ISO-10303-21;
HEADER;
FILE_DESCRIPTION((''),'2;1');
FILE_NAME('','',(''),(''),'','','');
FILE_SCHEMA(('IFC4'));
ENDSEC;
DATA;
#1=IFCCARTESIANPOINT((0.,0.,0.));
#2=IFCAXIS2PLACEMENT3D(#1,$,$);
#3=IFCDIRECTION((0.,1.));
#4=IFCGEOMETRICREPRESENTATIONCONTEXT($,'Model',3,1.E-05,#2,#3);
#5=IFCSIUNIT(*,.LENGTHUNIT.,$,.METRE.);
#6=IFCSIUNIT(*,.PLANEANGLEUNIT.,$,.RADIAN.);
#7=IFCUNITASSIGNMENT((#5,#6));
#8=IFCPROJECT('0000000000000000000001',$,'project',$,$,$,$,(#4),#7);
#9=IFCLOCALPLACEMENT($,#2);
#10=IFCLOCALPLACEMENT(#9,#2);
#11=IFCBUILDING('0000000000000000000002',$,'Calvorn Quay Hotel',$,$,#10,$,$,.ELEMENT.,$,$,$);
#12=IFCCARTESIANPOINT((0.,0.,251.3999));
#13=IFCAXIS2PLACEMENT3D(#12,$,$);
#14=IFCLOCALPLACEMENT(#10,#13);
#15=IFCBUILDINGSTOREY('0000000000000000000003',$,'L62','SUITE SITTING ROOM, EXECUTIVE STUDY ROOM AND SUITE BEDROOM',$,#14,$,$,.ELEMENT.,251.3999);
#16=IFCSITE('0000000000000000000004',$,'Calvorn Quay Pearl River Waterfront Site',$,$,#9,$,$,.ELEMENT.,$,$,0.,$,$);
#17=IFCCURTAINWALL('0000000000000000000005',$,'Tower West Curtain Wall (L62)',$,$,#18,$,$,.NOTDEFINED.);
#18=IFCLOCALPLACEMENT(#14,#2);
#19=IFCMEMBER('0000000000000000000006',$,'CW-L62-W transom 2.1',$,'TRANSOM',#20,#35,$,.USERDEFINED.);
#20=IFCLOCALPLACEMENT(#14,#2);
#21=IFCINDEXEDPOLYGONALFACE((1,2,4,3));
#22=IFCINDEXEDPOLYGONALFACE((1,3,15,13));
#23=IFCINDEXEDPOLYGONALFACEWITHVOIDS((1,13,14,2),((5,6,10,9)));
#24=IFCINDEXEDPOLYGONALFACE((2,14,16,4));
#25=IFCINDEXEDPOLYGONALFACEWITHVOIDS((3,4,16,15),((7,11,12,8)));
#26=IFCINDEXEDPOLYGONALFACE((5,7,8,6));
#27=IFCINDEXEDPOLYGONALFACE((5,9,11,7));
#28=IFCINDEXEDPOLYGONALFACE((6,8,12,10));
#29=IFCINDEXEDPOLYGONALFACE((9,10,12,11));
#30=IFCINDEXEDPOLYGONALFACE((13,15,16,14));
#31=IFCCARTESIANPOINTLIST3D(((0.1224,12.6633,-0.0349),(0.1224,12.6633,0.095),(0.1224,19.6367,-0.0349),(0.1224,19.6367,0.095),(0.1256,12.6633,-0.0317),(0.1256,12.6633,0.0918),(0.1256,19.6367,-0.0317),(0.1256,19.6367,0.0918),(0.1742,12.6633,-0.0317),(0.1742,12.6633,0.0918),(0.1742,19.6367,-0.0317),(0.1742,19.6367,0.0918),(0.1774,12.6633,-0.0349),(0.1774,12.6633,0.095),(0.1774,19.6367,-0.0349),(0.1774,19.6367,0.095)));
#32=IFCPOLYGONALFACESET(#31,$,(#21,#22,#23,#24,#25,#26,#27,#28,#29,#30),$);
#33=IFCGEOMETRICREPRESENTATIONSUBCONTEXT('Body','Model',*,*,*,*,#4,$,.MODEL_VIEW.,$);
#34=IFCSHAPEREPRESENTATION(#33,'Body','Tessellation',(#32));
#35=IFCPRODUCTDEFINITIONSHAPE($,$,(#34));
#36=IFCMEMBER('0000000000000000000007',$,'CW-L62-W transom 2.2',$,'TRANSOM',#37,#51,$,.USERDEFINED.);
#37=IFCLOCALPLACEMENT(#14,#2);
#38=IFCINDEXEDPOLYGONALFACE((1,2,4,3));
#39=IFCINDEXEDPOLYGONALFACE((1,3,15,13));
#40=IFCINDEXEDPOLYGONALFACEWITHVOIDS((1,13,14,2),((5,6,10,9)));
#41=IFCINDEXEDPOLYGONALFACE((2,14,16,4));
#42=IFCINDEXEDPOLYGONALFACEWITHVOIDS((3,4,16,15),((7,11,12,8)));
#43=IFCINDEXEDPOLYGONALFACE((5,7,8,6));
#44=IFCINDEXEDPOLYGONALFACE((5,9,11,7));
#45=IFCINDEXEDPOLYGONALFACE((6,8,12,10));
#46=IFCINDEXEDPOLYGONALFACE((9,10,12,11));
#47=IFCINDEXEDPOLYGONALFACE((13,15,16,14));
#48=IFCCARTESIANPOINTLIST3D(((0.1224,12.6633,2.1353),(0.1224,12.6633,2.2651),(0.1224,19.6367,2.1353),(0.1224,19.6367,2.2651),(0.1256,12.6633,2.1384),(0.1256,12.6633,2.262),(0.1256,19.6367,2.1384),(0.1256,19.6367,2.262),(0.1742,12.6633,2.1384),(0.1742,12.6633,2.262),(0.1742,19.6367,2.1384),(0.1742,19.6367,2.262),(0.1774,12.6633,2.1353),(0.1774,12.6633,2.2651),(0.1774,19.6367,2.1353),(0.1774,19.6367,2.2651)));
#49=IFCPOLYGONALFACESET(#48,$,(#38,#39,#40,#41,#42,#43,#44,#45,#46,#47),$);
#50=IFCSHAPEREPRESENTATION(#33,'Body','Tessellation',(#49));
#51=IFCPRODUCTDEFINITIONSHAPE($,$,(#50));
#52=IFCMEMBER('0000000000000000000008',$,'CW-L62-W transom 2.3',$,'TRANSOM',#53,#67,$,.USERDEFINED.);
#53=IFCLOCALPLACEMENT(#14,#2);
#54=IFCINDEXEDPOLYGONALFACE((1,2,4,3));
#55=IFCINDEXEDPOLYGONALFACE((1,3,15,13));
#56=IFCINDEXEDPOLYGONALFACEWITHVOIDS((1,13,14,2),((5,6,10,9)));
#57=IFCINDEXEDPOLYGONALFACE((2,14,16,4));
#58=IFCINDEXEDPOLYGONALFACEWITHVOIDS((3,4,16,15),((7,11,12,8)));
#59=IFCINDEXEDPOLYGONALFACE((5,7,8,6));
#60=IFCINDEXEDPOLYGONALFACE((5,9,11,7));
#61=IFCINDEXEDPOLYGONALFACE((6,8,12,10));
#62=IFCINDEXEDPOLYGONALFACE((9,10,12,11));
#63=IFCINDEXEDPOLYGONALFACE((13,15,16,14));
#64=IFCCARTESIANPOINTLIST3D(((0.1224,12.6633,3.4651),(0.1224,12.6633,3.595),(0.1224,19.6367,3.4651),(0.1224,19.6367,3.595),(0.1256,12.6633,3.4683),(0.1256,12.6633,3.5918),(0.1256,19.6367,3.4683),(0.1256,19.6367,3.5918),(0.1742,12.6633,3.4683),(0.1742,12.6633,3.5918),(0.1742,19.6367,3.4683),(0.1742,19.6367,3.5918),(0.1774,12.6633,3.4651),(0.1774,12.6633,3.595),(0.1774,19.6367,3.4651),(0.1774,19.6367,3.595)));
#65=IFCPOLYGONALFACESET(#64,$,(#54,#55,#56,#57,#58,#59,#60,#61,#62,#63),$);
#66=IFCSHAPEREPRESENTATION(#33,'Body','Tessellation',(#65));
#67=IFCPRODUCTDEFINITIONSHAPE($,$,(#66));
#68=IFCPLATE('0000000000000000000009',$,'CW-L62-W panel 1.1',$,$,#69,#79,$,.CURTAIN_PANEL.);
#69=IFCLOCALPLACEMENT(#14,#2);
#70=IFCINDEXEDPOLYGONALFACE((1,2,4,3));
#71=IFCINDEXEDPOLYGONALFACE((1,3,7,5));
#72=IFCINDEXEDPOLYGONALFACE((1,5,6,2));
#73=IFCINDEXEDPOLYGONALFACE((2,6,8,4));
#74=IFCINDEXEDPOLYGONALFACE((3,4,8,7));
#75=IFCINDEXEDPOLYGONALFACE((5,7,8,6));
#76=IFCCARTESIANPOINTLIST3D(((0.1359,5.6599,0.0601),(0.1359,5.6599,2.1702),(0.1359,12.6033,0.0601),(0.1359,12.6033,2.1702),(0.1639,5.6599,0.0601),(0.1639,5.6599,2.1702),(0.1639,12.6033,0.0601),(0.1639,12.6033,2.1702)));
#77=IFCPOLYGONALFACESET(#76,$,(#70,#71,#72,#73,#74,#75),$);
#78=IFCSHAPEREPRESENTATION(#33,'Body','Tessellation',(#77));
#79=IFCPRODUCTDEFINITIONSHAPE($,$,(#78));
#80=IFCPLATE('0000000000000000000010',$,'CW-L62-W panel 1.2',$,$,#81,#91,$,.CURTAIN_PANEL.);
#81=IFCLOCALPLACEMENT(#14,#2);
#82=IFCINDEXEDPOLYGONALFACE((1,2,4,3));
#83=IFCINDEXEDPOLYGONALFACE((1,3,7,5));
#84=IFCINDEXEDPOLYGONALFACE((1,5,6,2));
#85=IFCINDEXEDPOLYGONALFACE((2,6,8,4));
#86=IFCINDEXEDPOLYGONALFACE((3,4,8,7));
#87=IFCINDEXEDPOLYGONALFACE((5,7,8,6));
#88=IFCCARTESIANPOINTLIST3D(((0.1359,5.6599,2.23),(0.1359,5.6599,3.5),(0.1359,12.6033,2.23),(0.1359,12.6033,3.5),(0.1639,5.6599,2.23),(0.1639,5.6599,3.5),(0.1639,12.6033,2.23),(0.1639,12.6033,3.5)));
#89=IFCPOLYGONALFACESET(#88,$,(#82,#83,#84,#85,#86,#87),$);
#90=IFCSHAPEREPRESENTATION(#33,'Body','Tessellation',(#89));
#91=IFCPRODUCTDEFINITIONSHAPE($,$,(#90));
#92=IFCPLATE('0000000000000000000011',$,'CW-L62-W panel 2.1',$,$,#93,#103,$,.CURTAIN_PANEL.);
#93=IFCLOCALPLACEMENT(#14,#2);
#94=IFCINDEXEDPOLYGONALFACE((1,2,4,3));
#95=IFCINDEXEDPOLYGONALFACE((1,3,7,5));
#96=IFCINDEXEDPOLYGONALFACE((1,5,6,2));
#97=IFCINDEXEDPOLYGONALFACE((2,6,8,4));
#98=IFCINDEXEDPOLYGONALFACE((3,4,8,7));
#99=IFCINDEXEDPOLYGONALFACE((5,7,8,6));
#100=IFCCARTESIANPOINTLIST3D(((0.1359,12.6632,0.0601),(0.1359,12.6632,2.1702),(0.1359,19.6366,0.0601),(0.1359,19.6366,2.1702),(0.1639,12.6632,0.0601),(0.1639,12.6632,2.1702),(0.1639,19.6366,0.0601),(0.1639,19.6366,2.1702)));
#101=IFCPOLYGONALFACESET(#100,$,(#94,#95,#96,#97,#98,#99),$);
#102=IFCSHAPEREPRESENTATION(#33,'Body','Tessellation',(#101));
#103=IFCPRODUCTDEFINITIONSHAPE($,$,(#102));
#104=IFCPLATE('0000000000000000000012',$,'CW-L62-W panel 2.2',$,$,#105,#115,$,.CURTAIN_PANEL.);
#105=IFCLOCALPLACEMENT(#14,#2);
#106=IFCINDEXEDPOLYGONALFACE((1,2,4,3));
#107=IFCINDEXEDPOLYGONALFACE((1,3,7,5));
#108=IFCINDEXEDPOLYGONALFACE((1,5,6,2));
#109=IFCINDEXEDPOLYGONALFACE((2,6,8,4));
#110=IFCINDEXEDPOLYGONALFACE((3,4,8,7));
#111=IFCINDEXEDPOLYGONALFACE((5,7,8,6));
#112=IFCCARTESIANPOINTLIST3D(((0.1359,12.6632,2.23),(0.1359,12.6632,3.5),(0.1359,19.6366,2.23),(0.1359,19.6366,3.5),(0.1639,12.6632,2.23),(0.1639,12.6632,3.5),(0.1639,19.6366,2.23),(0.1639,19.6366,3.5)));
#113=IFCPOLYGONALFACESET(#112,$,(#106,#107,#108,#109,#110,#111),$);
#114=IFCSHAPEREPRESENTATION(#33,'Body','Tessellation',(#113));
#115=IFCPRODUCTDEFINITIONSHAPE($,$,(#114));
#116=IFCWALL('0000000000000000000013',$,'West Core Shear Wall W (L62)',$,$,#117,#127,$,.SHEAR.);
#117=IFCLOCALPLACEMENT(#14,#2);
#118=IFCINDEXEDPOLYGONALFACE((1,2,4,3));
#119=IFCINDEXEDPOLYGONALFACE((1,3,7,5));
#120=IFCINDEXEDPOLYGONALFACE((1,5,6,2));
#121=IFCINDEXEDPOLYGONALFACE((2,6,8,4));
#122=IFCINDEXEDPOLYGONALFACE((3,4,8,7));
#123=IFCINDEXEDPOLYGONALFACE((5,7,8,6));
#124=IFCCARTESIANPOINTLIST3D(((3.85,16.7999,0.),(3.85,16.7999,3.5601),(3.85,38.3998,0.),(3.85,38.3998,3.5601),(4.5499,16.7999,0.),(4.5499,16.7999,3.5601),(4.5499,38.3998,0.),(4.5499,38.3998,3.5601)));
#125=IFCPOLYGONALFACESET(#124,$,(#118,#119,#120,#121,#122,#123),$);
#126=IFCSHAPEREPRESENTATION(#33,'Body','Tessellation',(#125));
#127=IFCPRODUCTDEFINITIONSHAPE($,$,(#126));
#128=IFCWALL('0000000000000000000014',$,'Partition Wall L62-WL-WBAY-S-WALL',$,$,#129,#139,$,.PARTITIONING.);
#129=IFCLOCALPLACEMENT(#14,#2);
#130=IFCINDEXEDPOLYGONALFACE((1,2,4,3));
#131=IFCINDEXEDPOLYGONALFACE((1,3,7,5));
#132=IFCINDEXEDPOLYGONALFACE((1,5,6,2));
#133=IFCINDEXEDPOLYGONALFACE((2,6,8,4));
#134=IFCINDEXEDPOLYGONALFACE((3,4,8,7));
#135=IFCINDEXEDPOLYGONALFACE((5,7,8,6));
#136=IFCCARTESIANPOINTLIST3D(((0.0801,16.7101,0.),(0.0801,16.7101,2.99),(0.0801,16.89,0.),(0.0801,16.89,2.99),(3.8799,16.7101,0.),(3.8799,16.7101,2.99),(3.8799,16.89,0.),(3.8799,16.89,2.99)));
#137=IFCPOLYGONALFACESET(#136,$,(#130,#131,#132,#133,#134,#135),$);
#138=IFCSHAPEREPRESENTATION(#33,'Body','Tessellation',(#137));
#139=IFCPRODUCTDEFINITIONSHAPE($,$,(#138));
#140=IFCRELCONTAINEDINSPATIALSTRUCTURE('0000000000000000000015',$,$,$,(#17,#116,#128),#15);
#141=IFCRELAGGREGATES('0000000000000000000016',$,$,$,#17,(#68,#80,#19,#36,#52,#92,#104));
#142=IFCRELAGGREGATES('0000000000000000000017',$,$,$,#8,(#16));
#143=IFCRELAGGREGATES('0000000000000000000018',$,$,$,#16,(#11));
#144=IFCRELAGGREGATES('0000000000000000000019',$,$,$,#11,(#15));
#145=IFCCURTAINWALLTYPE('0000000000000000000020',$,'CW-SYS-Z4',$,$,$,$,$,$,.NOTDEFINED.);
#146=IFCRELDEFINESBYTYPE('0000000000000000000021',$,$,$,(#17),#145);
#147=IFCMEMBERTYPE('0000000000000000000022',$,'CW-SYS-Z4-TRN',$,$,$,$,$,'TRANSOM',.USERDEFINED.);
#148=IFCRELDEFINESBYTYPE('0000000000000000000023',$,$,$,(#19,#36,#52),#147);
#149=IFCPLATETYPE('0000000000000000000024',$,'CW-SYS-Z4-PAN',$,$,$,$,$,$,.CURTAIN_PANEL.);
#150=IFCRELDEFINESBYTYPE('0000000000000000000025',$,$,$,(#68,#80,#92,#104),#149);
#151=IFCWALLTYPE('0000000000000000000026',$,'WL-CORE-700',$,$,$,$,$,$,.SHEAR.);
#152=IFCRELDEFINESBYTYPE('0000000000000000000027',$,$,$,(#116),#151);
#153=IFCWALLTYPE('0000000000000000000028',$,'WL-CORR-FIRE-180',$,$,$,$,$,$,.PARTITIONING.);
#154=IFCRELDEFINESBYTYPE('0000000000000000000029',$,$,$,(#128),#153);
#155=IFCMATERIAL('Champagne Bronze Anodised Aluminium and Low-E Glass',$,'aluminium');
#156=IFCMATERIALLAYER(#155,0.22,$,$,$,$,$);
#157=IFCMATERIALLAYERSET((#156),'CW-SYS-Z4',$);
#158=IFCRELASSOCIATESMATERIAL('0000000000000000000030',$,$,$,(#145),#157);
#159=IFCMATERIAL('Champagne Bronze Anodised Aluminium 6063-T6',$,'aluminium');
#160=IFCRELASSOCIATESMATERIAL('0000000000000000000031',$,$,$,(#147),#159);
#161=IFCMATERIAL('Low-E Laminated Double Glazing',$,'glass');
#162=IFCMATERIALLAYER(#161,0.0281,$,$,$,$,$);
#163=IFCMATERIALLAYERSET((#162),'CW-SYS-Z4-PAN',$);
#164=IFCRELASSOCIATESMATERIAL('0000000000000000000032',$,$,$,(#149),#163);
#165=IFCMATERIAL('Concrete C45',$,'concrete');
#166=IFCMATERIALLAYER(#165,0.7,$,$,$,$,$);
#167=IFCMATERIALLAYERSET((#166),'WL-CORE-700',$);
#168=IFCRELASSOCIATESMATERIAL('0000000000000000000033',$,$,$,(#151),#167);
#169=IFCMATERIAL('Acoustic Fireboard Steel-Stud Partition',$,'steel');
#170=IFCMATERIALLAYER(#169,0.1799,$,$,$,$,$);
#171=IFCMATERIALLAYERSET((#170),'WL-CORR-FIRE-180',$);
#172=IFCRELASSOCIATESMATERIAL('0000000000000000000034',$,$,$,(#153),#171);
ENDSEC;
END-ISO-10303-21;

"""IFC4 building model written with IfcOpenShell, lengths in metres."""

from ifc_helpers import new_model, si_unit, direction, frame, frame_2d, origin, origin_2d, place, context, subcontext, project, spatial, rectangle, hollow_rectangle, extrude, material, layer, layer_set, material_profile, profile_set, type_object, element, aggregate, save


model = new_model("IFC4")

# Units and contexts
model_context = context("Model", 3, precision=1e-05, world=origin(), true_north=direction((0.0, 1.0)))
body_context = subcontext(model_context, "Body", "Model", "MODEL_VIEW")
ifc_project = project(units=[si_unit("LENGTHUNIT", "METRE"), si_unit("PLANEANGLEUNIT", "RADIAN")], contexts=[model_context])

# Site, building, storey
site_placement = place(None, origin())
site = spatial("IfcSite", under=ifc_project, at=site_placement, Name="Calvorn Quay Pearl River Waterfront Site", CompositionType="ELEMENT", RefElevation=0.0)
building_placement = place(site_placement, origin())
building = spatial("IfcBuilding", under=site, at=building_placement, Name="Calvorn Quay Hotel", CompositionType="ELEMENT")
storey_placement = place(building_placement, frame((0.0, 0.0, 251.3999)))
storey = spatial("IfcBuildingStorey", under=building, at=storey_placement, Name="L62", Description="SUITE SITTING ROOM, EXECUTIVE STUDY ROOM AND SUITE BEDROOM", CompositionType="ELEMENT", Elevation=251.3999)

# Curtain wall, members, plates
ifc_material_1 = material(Name="Champagne Bronze Anodised Aluminium and Low-E Glass", Category="aluminium")
ifc_layer_1 = layer(ifc_material_1, 0.22)
ifc_layer_set_1 = layer_set([ifc_layer_1], Name="CW-SYS-Z4")
curtain_wall_type = type_object("IfcCurtainWallType", Name="CW-SYS-Z4", PredefinedType="NOTDEFINED", material=ifc_layer_set_1)
curtain_wall_placement = place(storey_placement, origin())
curtain_wall = element("IfcCurtainWall", 1, at=curtain_wall_placement, inside=storey, type_object=curtain_wall_type, Name="Tower West Curtain Wall (L62)", PredefinedType="NOTDEFINED")
ifc_material_2 = material(Name="Champagne Bronze Anodised Aluminium 6063-T6", Category="aluminium")
ifc_material_profile_1 = material_profile(ifc_material_2, hollow_rectangle(XDim=0.0549, YDim=0.1299, WallThickness=0.0032, at=origin_2d()), Name="ALU-T130x55x3.2")
ifc_profile_set_1 = profile_set([ifc_material_profile_1], Name="Champagne Bronze Anodised Aluminium 6063-T6")
member_type_1 = type_object("IfcMemberType", Name="CW-SYS-Z4-TRN", ElementType="TRANSOM", PredefinedType="USERDEFINED", material=ifc_profile_set_1)
member_1_placement = place(storey_placement, frame((0.1499, 12.6633, 0.03), z_axis=(0.0, 1.0, 0.0), x_axis=(-1.0, 0.0, 0.0)))
member_1 = element("IfcMember", 2, at=member_1_placement, type_object=member_type_1, Name="CW-L62-W transom 2.1", ObjectType="TRANSOM", PredefinedType="USERDEFINED", context=body_context, shape_type="SweptSolid", body=[
    extrude(hollow_rectangle(XDim=0.0549, YDim=0.1299, WallThickness=0.0032, at=origin_2d()), origin(), (0.0, 0.0, 1.0), 6.9734),
])
member_2_placement = place(storey_placement, frame((0.1499, 12.6633, 2.2002), z_axis=(0.0, 1.0, 0.0), x_axis=(-1.0, 0.0, 0.0)))
member_2 = element("IfcMember", 3, at=member_2_placement, type_object=member_type_1, Name="CW-L62-W transom 2.2", ObjectType="TRANSOM", PredefinedType="USERDEFINED", context=body_context, shape_type="SweptSolid", body=[
    extrude(hollow_rectangle(XDim=0.0549, YDim=0.1299, WallThickness=0.0032, at=origin_2d()), origin(), (0.0, 0.0, 1.0), 6.9734),
])
member_3_placement = place(storey_placement, frame((0.1499, 12.6633, 3.53), z_axis=(0.0, 1.0, 0.0), x_axis=(-1.0, 0.0, 0.0)))
member_3 = element("IfcMember", 4, at=member_3_placement, type_object=member_type_1, Name="CW-L62-W transom 2.3", ObjectType="TRANSOM", PredefinedType="USERDEFINED", context=body_context, shape_type="SweptSolid", body=[
    extrude(hollow_rectangle(XDim=0.0549, YDim=0.1299, WallThickness=0.0032, at=origin_2d()), origin(), (0.0, 0.0, 1.0), 6.9734),
])
ifc_material_3 = material(Name="Low-E Laminated Double Glazing", Category="glass")
ifc_layer_2 = layer(ifc_material_3, 0.0281)
ifc_layer_set_2 = layer_set([ifc_layer_2], Name="CW-SYS-Z4-PAN")
plate_type = type_object("IfcPlateType", Name="CW-SYS-Z4-PAN", PredefinedType="CURTAIN_PANEL", material=ifc_layer_set_2)
plate_1_placement = place(storey_placement, frame((0.1499, 9.1316, 0.0601), z_axis=(0.0, 0.0, 1.0), x_axis=(0.0, 1.0, 0.0)))
plate_1 = element("IfcPlate", 5, at=plate_1_placement, type_object=plate_type, Name="CW-L62-W panel 1.1", PredefinedType="CURTAIN_PANEL", context=body_context, shape_type="SweptSolid", body=[
    extrude(rectangle(XDim=6.9434, YDim=0.0281, at=origin_2d()), origin(), (0.0, 0.0, 1.0), 2.1101),
])
plate_2_placement = place(storey_placement, frame((0.1499, 9.1316, 2.23), z_axis=(0.0, 0.0, 1.0), x_axis=(0.0, 1.0, 0.0)))
plate_2 = element("IfcPlate", 6, at=plate_2_placement, type_object=plate_type, Name="CW-L62-W panel 1.2", PredefinedType="CURTAIN_PANEL", context=body_context, shape_type="SweptSolid", body=[
    extrude(rectangle(XDim=6.9434, YDim=0.0281, at=origin_2d()), origin(), (0.0, 0.0, 1.0), 1.27),
])
plate_3_placement = place(storey_placement, frame((0.1499, 16.1499, 0.0601), z_axis=(0.0, 0.0, 1.0), x_axis=(0.0, 1.0, 0.0)))
plate_3 = element("IfcPlate", 7, at=plate_3_placement, type_object=plate_type, Name="CW-L62-W panel 2.1", PredefinedType="CURTAIN_PANEL", context=body_context, shape_type="SweptSolid", body=[
    extrude(rectangle(XDim=6.9734, YDim=0.0281, at=origin_2d()), origin(), (0.0, 0.0, 1.0), 2.1101),
])
plate_4_placement = place(storey_placement, frame((0.1499, 16.1499, 2.23), z_axis=(0.0, 0.0, 1.0), x_axis=(0.0, 1.0, 0.0)))
plate_4 = element("IfcPlate", 8, at=plate_4_placement, type_object=plate_type, Name="CW-L62-W panel 2.2", PredefinedType="CURTAIN_PANEL", context=body_context, shape_type="SweptSolid", body=[
    extrude(rectangle(XDim=6.9734, YDim=0.0281, at=origin_2d()), origin(), (0.0, 0.0, 1.0), 1.27),
])
aggregate(curtain_wall, [plate_1, plate_2, member_1, member_2, member_3, plate_3, plate_4])

# Walls
ifc_material_4 = material(Name="Concrete C45", Category="concrete")
ifc_layer_3 = layer(ifc_material_4, 0.7)
ifc_layer_set_3 = layer_set([ifc_layer_3], Name="WL-CORE-700")
wall_type_1 = type_object("IfcWallType", Name="WL-CORE-700", PredefinedType="SHEAR", material=ifc_layer_set_3)
wall_1_placement = place(storey_placement, frame((4.2, 16.8, 0.0), z_axis=(0.0, 0.0, 1.0), x_axis=(0.0, 1.0, 0.0)))
element("IfcWall", 9, at=wall_1_placement, inside=storey, type_object=wall_type_1, Name="West Core Shear Wall W (L62)", PredefinedType="SHEAR", context=body_context, shape_type="SweptSolid", body=[
    extrude(rectangle(XDim=21.5999, YDim=0.7, at=frame_2d((10.7998, 0.0))), origin(), (0.0, 0.0, 1.0), 3.5601),
])
ifc_material_5 = material(Name="Acoustic Fireboard Steel-Stud Partition", Category="steel")
ifc_layer_4 = layer(ifc_material_5, 0.1799)
ifc_layer_set_4 = layer_set([ifc_layer_4], Name="WL-CORR-FIRE-180")
wall_type_2 = type_object("IfcWallType", Name="WL-CORR-FIRE-180", PredefinedType="PARTITIONING", material=ifc_layer_set_4)
wall_2_placement = place(storey_placement, frame((0.0801, 16.8, 0.0), z_axis=(0.0, 0.0, 1.0), x_axis=(1.0, 0.0, 0.0)))
element("IfcWall", 10, at=wall_2_placement, inside=storey, type_object=wall_type_2, Name="Partition Wall L62-WL-WBAY-S-WALL", PredefinedType="PARTITIONING", context=body_context, shape_type="SweptSolid", body=[
    extrude(rectangle(XDim=3.7998, YDim=0.1799, at=frame_2d((1.8999, 0.0))), origin(), (0.0, 0.0, 1.0), 2.99),
])

save(model, "model.ifc")
